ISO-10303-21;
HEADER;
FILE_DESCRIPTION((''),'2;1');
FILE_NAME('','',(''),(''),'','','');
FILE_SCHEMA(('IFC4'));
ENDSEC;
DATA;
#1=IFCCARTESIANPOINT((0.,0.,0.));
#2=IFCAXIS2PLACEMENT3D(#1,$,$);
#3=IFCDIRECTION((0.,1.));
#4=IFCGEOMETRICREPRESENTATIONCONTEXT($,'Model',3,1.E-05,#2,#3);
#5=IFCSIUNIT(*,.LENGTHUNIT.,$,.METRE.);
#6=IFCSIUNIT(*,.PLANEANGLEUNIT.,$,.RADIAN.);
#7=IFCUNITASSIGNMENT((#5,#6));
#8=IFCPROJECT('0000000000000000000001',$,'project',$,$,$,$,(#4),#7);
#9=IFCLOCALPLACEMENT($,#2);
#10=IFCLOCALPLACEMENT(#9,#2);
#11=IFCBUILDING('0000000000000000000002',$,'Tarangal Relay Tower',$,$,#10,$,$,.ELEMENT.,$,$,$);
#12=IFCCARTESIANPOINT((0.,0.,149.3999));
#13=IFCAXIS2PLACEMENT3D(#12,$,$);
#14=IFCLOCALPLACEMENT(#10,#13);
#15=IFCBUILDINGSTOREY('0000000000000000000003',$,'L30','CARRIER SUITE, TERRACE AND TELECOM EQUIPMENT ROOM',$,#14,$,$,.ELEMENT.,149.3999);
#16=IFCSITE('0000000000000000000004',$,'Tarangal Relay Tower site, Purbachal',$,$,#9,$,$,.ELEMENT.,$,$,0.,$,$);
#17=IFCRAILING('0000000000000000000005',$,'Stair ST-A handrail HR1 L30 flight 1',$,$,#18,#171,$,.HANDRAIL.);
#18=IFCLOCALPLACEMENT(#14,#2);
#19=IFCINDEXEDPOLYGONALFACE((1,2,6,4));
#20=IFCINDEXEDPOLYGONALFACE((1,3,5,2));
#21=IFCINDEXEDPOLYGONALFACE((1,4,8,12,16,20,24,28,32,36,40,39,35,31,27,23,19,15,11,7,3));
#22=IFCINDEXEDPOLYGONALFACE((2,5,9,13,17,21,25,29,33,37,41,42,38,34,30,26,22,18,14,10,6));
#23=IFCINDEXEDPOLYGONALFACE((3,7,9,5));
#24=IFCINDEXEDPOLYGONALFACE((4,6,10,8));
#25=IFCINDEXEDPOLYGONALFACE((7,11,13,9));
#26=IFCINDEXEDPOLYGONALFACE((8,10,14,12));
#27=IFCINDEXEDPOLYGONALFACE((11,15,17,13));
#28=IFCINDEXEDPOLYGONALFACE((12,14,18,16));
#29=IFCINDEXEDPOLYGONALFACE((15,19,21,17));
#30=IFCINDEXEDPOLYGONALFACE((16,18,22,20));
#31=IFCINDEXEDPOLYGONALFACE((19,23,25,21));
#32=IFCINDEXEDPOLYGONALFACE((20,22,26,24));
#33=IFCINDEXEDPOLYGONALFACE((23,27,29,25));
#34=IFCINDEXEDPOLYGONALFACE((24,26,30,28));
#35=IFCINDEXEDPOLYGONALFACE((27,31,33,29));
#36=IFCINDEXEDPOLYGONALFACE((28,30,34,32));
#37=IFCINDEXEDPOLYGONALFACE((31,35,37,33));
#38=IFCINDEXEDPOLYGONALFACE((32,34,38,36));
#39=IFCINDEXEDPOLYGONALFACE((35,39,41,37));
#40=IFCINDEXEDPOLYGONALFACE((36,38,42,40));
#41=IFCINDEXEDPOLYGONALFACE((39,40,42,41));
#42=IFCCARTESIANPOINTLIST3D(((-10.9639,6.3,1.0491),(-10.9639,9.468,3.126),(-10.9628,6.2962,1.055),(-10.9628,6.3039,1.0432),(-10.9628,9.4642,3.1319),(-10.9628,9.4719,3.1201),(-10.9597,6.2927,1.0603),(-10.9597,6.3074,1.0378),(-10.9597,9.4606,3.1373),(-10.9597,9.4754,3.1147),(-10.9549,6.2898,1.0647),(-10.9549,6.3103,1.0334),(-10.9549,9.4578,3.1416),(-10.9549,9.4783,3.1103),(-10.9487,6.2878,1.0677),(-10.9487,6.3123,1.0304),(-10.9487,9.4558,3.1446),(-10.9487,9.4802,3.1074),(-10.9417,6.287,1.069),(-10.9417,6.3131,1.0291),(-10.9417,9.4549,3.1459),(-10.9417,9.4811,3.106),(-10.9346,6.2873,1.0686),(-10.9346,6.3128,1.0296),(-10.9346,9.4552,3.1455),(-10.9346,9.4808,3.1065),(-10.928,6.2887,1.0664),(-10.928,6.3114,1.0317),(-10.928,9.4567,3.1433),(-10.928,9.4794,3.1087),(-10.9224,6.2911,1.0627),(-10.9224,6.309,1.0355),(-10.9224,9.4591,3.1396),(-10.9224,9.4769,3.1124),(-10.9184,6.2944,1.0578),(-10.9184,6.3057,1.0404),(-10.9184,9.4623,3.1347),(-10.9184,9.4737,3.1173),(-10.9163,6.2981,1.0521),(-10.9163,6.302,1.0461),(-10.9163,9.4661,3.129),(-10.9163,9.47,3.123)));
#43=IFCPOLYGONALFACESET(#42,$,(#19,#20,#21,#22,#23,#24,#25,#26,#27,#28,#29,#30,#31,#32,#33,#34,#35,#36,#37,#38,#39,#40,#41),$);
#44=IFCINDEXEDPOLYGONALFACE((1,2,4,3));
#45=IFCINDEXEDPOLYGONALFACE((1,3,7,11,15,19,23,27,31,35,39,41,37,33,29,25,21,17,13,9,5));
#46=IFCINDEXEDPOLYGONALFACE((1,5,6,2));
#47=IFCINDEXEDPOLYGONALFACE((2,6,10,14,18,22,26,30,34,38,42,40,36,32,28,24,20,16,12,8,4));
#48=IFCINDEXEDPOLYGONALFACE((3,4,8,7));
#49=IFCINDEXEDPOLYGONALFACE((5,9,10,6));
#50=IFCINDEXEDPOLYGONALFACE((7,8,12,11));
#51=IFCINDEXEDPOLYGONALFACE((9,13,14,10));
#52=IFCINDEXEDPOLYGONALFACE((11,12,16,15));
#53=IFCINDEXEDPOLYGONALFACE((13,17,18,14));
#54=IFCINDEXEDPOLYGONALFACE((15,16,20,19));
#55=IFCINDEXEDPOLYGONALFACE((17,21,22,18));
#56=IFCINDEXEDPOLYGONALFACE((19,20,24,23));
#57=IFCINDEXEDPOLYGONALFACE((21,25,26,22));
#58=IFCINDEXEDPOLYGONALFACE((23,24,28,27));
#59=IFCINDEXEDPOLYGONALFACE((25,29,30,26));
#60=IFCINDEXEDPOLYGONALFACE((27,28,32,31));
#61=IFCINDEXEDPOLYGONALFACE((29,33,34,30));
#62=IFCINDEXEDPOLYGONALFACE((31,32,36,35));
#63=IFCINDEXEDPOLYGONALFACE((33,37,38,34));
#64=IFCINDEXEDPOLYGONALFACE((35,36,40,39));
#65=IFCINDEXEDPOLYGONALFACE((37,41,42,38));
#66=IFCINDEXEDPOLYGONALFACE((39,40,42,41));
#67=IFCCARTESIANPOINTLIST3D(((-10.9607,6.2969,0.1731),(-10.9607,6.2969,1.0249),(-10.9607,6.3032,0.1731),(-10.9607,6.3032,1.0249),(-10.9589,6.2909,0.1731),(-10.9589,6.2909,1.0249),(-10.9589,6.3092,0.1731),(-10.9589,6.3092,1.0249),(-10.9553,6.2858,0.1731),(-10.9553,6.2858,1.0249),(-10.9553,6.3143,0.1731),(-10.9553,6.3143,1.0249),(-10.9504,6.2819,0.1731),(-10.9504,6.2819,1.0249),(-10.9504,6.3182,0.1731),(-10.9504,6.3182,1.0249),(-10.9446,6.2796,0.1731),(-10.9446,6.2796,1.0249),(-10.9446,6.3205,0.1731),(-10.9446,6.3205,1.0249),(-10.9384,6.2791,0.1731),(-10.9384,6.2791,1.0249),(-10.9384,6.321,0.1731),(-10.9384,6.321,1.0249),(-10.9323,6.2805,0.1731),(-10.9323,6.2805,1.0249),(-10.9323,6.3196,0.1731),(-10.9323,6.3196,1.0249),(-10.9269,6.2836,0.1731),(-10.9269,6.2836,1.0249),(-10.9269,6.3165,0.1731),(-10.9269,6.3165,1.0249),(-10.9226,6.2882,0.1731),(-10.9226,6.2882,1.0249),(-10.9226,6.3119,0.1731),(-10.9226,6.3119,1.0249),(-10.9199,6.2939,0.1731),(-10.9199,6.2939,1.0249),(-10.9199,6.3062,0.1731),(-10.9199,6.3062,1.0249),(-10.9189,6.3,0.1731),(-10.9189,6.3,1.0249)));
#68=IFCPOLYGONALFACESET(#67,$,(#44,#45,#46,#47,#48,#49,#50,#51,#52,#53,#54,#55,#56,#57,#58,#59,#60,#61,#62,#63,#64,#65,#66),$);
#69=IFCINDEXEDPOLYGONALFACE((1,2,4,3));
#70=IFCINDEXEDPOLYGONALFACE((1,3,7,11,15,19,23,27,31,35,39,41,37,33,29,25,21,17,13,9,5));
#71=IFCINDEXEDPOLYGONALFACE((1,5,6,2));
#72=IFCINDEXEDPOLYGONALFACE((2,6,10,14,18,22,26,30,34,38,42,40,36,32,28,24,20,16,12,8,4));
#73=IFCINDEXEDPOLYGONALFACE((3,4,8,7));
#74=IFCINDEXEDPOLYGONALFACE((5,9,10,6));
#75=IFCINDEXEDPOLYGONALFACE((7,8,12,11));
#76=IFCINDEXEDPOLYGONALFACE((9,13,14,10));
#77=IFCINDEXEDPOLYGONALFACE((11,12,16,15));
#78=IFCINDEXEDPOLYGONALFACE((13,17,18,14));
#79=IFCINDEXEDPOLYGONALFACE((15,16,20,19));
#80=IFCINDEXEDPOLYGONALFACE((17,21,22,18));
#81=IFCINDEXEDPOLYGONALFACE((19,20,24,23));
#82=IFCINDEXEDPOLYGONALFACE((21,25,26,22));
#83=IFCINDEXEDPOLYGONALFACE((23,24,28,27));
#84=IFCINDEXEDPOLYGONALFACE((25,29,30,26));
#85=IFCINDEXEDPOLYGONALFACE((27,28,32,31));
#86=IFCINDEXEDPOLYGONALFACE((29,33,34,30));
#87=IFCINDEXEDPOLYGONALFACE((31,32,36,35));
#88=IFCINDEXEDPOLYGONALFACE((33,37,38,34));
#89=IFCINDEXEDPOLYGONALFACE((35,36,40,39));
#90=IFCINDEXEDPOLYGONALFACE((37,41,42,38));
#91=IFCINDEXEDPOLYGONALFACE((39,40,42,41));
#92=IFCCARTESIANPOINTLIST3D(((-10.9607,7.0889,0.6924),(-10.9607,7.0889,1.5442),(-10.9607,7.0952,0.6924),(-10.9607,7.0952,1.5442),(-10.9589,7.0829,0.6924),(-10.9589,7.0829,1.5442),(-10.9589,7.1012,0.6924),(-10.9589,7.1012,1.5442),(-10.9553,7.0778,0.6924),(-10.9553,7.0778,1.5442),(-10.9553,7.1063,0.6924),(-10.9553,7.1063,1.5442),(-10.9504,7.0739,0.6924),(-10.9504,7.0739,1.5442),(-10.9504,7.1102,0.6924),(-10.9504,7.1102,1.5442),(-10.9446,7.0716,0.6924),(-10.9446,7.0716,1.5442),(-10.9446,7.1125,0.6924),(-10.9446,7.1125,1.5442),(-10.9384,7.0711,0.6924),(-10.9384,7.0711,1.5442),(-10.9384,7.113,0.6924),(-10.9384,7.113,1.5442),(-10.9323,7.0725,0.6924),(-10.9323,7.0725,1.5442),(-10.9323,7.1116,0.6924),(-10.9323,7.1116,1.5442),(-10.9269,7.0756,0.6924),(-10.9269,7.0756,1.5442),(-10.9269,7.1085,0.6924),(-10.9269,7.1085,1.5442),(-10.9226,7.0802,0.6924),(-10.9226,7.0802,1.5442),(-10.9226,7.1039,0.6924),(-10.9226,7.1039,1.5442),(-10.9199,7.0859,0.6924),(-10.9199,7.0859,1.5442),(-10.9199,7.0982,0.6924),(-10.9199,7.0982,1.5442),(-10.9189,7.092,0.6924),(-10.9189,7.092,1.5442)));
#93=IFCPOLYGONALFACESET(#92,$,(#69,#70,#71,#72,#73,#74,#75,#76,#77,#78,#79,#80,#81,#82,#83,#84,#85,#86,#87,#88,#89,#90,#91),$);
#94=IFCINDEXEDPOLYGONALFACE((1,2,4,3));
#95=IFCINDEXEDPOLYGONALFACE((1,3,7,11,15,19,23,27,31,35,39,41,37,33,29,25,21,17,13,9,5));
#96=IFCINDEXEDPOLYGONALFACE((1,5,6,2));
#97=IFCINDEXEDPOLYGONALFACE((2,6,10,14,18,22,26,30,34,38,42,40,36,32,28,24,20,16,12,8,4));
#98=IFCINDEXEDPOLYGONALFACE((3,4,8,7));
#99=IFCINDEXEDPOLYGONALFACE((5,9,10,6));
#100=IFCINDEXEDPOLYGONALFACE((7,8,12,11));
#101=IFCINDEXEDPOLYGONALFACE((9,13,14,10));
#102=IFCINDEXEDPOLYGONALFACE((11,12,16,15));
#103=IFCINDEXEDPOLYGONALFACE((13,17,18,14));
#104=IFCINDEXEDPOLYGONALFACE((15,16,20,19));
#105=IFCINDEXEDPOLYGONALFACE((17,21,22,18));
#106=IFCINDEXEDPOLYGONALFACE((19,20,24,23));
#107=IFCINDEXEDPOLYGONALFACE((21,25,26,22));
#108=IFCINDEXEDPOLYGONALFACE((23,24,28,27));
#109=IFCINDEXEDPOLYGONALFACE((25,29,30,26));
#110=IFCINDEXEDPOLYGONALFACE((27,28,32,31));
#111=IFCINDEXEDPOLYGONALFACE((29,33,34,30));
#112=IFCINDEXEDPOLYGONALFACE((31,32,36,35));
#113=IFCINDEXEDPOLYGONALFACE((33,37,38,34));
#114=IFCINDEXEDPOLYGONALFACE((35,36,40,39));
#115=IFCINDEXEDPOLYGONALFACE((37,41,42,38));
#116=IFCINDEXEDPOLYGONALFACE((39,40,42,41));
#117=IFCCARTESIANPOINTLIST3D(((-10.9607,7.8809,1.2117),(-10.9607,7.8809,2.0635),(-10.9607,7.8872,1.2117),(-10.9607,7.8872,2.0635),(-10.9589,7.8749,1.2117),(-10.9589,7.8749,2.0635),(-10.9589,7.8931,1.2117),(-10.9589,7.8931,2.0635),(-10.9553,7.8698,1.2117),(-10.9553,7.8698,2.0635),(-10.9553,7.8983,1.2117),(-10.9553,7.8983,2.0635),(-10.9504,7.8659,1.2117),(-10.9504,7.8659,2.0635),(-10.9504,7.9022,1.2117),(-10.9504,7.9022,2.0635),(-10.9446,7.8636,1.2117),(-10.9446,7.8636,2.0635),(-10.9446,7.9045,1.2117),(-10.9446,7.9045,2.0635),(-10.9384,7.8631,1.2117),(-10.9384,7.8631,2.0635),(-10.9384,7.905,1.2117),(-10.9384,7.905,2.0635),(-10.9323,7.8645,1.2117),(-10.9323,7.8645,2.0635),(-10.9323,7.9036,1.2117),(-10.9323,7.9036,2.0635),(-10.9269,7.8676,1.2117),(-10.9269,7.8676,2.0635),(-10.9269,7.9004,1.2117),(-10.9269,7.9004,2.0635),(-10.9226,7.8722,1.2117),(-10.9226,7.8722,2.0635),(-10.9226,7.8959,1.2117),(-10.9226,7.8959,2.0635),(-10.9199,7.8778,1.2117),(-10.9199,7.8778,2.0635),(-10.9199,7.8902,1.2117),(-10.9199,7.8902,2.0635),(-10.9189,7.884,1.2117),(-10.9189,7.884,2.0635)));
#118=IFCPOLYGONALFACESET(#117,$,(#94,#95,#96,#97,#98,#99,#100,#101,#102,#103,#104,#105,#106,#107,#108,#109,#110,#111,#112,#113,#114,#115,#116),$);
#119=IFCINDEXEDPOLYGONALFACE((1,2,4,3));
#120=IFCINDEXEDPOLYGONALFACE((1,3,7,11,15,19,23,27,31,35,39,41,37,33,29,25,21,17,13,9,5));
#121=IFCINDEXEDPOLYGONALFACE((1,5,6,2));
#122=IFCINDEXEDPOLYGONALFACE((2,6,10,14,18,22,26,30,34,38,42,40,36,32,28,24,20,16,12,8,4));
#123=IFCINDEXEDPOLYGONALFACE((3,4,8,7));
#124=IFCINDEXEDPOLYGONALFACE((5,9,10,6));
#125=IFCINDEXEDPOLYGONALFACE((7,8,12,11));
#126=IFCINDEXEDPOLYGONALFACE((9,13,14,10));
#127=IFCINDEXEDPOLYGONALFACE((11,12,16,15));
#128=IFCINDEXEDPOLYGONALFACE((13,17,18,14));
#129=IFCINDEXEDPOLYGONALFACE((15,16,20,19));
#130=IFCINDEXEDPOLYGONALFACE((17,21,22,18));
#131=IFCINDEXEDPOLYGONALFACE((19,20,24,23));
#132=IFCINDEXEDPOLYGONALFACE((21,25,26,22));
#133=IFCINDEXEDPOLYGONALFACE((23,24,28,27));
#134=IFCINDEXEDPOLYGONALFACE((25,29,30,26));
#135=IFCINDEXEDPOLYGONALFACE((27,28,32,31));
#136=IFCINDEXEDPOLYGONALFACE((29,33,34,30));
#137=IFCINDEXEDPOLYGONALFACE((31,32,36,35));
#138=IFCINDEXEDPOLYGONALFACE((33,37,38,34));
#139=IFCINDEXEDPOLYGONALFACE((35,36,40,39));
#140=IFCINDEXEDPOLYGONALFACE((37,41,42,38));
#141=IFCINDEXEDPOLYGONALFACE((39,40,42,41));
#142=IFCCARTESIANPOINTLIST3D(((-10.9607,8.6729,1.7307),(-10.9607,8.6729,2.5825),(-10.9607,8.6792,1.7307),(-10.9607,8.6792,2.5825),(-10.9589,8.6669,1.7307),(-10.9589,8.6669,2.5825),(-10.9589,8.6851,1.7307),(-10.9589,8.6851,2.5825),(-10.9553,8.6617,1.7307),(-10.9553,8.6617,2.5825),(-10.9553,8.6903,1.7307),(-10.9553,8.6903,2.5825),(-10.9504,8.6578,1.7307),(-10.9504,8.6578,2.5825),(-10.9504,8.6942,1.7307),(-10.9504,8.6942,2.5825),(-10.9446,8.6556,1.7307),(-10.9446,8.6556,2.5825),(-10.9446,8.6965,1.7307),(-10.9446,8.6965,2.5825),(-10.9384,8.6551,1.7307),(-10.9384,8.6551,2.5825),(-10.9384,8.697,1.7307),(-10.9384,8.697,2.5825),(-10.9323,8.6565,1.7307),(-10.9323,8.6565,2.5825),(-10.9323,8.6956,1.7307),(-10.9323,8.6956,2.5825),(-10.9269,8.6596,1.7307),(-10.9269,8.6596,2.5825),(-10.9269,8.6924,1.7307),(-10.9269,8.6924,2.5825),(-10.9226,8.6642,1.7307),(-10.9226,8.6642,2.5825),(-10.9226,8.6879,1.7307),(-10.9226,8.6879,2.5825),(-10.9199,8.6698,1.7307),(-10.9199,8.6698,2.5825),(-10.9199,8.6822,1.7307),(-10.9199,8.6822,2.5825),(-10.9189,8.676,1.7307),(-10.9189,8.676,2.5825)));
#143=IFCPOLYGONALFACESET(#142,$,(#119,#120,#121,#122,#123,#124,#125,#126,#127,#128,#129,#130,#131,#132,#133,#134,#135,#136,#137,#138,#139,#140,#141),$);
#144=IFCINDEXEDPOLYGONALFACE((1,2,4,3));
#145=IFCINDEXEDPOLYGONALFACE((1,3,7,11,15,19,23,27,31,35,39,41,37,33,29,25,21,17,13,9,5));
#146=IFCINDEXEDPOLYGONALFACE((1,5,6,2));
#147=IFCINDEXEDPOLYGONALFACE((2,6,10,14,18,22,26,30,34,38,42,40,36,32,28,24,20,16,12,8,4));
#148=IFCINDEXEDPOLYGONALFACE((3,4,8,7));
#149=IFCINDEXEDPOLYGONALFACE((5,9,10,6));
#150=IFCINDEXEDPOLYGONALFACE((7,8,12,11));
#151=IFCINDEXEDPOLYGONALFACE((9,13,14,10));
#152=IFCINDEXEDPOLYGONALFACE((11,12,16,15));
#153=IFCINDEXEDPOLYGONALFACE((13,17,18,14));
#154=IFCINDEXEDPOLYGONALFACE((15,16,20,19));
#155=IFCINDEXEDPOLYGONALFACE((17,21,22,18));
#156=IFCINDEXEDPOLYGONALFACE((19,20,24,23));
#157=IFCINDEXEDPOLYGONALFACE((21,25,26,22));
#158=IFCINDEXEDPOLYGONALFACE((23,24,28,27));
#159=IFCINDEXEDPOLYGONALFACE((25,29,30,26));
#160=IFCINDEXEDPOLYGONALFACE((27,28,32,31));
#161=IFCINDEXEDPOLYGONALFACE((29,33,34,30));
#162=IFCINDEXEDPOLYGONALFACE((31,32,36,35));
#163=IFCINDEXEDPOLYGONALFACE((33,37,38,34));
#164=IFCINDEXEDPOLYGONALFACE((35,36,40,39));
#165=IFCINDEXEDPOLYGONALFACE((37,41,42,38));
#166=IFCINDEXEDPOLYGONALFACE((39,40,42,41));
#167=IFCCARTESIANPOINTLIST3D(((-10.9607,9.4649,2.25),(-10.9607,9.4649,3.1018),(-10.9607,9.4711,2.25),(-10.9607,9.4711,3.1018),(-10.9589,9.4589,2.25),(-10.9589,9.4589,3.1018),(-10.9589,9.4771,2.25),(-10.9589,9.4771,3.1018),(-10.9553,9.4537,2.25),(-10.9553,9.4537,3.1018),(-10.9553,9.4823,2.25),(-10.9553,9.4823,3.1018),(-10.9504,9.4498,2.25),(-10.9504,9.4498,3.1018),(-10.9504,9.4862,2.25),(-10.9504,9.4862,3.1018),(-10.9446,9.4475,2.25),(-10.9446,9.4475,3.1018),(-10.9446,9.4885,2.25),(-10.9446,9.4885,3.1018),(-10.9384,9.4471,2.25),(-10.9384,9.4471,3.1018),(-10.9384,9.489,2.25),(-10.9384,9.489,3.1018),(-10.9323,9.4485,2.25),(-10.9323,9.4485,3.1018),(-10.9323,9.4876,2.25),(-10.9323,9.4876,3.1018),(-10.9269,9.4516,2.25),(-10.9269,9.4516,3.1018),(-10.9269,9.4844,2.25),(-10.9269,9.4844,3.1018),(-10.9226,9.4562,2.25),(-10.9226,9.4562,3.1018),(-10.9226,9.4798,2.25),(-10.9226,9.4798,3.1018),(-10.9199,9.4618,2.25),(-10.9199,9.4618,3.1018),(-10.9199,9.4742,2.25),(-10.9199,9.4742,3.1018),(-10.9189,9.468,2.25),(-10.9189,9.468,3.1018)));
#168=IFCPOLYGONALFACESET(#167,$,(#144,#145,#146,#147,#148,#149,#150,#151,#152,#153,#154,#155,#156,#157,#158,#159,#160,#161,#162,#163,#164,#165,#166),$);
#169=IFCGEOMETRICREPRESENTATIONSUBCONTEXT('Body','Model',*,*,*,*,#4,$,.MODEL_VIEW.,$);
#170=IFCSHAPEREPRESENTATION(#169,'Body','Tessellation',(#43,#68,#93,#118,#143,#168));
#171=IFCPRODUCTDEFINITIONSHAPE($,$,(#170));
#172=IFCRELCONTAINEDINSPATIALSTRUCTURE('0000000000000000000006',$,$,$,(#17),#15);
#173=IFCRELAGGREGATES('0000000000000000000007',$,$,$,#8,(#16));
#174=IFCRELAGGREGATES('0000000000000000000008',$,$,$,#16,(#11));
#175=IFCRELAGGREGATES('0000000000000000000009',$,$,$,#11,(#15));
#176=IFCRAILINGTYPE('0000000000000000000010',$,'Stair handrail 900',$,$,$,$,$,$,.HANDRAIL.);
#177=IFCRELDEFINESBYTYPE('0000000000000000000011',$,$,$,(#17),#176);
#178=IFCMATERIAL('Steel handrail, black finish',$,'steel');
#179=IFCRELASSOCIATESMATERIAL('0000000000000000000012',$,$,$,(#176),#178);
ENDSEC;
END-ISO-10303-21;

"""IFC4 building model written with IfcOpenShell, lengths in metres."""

from ifc_helpers import new_model, si_unit, direction, frame, origin, origin_2d, place, context, subcontext, project, spatial, circle, extrude, material, type_object, element, save


model = new_model("IFC4")

# Units and contexts
model_context = context("Model", 3, precision=1e-05, world=origin(), true_north=direction((0.0, 1.0)))
body_context = subcontext(model_context, "Body", "Model", "MODEL_VIEW")
ifc_project = project(units=[si_unit("LENGTHUNIT", "METRE"), si_unit("PLANEANGLEUNIT", "RADIAN")], contexts=[model_context])

# Site, building, storey
site_placement = place(None, origin())
site = spatial("IfcSite", under=ifc_project, at=site_placement, Name="Tarangal Relay Tower site, Purbachal", CompositionType="ELEMENT", RefElevation=0.0)
building_placement = place(site_placement, origin())
building = spatial("IfcBuilding", under=site, at=building_placement, Name="Tarangal Relay Tower", CompositionType="ELEMENT")
storey_placement = place(building_placement, frame((0.0, 0.0, 149.3999)))
storey = spatial("IfcBuildingStorey", under=building, at=storey_placement, Name="L30", Description="CARRIER SUITE, TERRACE AND TELECOM EQUIPMENT ROOM", CompositionType="ELEMENT", Elevation=149.3999)

# Railing
ifc_material_1 = material(Name="Steel handrail, black finish", Category="steel")
railing_type = type_object("IfcRailingType", Name="Stair handrail 900", PredefinedType="HANDRAIL", material=ifc_material_1)
railing_placement = place(storey_placement, frame((-10.9399, 6.3, 0.1731)))
element("IfcRailing", 1, at=railing_placement, inside=storey, type_object=railing_type, Name="Stair ST-A handrail HR1 L30 flight 1", PredefinedType="HANDRAIL", context=body_context, shape_type="SweptSolid", body=[
    extrude(circle(Radius=0.0239, at=origin_2d()), frame((0.0, 0.0, 0.876), z_axis=(0.0, 0.836299, 0.548273), x_axis=(-1.0, 0.0, 0.0)), (0.0, 0.0, 1.0), 3.7881),
    extrude(circle(Radius=0.021, at=origin_2d()), origin(), (0.0, 0.0, 1.0), 0.8518),
    extrude(circle(Radius=0.021, at=origin_2d()), frame((0.0, 0.792, 0.5193)), (0.0, 0.0, 1.0), 0.8518),
    extrude(circle(Radius=0.021, at=origin_2d()), frame((0.0, 1.584, 1.0386)), (0.0, 0.0, 1.0), 0.8518),
    extrude(circle(Radius=0.021, at=origin_2d()), frame((0.0, 2.376, 1.5576)), (0.0, 0.0, 1.0), 0.8518),
    extrude(circle(Radius=0.021, at=origin_2d()), frame((0.0, 3.168, 2.0769)), (0.0, 0.0, 1.0), 0.8518),
])

save(model, "model.ifc")
